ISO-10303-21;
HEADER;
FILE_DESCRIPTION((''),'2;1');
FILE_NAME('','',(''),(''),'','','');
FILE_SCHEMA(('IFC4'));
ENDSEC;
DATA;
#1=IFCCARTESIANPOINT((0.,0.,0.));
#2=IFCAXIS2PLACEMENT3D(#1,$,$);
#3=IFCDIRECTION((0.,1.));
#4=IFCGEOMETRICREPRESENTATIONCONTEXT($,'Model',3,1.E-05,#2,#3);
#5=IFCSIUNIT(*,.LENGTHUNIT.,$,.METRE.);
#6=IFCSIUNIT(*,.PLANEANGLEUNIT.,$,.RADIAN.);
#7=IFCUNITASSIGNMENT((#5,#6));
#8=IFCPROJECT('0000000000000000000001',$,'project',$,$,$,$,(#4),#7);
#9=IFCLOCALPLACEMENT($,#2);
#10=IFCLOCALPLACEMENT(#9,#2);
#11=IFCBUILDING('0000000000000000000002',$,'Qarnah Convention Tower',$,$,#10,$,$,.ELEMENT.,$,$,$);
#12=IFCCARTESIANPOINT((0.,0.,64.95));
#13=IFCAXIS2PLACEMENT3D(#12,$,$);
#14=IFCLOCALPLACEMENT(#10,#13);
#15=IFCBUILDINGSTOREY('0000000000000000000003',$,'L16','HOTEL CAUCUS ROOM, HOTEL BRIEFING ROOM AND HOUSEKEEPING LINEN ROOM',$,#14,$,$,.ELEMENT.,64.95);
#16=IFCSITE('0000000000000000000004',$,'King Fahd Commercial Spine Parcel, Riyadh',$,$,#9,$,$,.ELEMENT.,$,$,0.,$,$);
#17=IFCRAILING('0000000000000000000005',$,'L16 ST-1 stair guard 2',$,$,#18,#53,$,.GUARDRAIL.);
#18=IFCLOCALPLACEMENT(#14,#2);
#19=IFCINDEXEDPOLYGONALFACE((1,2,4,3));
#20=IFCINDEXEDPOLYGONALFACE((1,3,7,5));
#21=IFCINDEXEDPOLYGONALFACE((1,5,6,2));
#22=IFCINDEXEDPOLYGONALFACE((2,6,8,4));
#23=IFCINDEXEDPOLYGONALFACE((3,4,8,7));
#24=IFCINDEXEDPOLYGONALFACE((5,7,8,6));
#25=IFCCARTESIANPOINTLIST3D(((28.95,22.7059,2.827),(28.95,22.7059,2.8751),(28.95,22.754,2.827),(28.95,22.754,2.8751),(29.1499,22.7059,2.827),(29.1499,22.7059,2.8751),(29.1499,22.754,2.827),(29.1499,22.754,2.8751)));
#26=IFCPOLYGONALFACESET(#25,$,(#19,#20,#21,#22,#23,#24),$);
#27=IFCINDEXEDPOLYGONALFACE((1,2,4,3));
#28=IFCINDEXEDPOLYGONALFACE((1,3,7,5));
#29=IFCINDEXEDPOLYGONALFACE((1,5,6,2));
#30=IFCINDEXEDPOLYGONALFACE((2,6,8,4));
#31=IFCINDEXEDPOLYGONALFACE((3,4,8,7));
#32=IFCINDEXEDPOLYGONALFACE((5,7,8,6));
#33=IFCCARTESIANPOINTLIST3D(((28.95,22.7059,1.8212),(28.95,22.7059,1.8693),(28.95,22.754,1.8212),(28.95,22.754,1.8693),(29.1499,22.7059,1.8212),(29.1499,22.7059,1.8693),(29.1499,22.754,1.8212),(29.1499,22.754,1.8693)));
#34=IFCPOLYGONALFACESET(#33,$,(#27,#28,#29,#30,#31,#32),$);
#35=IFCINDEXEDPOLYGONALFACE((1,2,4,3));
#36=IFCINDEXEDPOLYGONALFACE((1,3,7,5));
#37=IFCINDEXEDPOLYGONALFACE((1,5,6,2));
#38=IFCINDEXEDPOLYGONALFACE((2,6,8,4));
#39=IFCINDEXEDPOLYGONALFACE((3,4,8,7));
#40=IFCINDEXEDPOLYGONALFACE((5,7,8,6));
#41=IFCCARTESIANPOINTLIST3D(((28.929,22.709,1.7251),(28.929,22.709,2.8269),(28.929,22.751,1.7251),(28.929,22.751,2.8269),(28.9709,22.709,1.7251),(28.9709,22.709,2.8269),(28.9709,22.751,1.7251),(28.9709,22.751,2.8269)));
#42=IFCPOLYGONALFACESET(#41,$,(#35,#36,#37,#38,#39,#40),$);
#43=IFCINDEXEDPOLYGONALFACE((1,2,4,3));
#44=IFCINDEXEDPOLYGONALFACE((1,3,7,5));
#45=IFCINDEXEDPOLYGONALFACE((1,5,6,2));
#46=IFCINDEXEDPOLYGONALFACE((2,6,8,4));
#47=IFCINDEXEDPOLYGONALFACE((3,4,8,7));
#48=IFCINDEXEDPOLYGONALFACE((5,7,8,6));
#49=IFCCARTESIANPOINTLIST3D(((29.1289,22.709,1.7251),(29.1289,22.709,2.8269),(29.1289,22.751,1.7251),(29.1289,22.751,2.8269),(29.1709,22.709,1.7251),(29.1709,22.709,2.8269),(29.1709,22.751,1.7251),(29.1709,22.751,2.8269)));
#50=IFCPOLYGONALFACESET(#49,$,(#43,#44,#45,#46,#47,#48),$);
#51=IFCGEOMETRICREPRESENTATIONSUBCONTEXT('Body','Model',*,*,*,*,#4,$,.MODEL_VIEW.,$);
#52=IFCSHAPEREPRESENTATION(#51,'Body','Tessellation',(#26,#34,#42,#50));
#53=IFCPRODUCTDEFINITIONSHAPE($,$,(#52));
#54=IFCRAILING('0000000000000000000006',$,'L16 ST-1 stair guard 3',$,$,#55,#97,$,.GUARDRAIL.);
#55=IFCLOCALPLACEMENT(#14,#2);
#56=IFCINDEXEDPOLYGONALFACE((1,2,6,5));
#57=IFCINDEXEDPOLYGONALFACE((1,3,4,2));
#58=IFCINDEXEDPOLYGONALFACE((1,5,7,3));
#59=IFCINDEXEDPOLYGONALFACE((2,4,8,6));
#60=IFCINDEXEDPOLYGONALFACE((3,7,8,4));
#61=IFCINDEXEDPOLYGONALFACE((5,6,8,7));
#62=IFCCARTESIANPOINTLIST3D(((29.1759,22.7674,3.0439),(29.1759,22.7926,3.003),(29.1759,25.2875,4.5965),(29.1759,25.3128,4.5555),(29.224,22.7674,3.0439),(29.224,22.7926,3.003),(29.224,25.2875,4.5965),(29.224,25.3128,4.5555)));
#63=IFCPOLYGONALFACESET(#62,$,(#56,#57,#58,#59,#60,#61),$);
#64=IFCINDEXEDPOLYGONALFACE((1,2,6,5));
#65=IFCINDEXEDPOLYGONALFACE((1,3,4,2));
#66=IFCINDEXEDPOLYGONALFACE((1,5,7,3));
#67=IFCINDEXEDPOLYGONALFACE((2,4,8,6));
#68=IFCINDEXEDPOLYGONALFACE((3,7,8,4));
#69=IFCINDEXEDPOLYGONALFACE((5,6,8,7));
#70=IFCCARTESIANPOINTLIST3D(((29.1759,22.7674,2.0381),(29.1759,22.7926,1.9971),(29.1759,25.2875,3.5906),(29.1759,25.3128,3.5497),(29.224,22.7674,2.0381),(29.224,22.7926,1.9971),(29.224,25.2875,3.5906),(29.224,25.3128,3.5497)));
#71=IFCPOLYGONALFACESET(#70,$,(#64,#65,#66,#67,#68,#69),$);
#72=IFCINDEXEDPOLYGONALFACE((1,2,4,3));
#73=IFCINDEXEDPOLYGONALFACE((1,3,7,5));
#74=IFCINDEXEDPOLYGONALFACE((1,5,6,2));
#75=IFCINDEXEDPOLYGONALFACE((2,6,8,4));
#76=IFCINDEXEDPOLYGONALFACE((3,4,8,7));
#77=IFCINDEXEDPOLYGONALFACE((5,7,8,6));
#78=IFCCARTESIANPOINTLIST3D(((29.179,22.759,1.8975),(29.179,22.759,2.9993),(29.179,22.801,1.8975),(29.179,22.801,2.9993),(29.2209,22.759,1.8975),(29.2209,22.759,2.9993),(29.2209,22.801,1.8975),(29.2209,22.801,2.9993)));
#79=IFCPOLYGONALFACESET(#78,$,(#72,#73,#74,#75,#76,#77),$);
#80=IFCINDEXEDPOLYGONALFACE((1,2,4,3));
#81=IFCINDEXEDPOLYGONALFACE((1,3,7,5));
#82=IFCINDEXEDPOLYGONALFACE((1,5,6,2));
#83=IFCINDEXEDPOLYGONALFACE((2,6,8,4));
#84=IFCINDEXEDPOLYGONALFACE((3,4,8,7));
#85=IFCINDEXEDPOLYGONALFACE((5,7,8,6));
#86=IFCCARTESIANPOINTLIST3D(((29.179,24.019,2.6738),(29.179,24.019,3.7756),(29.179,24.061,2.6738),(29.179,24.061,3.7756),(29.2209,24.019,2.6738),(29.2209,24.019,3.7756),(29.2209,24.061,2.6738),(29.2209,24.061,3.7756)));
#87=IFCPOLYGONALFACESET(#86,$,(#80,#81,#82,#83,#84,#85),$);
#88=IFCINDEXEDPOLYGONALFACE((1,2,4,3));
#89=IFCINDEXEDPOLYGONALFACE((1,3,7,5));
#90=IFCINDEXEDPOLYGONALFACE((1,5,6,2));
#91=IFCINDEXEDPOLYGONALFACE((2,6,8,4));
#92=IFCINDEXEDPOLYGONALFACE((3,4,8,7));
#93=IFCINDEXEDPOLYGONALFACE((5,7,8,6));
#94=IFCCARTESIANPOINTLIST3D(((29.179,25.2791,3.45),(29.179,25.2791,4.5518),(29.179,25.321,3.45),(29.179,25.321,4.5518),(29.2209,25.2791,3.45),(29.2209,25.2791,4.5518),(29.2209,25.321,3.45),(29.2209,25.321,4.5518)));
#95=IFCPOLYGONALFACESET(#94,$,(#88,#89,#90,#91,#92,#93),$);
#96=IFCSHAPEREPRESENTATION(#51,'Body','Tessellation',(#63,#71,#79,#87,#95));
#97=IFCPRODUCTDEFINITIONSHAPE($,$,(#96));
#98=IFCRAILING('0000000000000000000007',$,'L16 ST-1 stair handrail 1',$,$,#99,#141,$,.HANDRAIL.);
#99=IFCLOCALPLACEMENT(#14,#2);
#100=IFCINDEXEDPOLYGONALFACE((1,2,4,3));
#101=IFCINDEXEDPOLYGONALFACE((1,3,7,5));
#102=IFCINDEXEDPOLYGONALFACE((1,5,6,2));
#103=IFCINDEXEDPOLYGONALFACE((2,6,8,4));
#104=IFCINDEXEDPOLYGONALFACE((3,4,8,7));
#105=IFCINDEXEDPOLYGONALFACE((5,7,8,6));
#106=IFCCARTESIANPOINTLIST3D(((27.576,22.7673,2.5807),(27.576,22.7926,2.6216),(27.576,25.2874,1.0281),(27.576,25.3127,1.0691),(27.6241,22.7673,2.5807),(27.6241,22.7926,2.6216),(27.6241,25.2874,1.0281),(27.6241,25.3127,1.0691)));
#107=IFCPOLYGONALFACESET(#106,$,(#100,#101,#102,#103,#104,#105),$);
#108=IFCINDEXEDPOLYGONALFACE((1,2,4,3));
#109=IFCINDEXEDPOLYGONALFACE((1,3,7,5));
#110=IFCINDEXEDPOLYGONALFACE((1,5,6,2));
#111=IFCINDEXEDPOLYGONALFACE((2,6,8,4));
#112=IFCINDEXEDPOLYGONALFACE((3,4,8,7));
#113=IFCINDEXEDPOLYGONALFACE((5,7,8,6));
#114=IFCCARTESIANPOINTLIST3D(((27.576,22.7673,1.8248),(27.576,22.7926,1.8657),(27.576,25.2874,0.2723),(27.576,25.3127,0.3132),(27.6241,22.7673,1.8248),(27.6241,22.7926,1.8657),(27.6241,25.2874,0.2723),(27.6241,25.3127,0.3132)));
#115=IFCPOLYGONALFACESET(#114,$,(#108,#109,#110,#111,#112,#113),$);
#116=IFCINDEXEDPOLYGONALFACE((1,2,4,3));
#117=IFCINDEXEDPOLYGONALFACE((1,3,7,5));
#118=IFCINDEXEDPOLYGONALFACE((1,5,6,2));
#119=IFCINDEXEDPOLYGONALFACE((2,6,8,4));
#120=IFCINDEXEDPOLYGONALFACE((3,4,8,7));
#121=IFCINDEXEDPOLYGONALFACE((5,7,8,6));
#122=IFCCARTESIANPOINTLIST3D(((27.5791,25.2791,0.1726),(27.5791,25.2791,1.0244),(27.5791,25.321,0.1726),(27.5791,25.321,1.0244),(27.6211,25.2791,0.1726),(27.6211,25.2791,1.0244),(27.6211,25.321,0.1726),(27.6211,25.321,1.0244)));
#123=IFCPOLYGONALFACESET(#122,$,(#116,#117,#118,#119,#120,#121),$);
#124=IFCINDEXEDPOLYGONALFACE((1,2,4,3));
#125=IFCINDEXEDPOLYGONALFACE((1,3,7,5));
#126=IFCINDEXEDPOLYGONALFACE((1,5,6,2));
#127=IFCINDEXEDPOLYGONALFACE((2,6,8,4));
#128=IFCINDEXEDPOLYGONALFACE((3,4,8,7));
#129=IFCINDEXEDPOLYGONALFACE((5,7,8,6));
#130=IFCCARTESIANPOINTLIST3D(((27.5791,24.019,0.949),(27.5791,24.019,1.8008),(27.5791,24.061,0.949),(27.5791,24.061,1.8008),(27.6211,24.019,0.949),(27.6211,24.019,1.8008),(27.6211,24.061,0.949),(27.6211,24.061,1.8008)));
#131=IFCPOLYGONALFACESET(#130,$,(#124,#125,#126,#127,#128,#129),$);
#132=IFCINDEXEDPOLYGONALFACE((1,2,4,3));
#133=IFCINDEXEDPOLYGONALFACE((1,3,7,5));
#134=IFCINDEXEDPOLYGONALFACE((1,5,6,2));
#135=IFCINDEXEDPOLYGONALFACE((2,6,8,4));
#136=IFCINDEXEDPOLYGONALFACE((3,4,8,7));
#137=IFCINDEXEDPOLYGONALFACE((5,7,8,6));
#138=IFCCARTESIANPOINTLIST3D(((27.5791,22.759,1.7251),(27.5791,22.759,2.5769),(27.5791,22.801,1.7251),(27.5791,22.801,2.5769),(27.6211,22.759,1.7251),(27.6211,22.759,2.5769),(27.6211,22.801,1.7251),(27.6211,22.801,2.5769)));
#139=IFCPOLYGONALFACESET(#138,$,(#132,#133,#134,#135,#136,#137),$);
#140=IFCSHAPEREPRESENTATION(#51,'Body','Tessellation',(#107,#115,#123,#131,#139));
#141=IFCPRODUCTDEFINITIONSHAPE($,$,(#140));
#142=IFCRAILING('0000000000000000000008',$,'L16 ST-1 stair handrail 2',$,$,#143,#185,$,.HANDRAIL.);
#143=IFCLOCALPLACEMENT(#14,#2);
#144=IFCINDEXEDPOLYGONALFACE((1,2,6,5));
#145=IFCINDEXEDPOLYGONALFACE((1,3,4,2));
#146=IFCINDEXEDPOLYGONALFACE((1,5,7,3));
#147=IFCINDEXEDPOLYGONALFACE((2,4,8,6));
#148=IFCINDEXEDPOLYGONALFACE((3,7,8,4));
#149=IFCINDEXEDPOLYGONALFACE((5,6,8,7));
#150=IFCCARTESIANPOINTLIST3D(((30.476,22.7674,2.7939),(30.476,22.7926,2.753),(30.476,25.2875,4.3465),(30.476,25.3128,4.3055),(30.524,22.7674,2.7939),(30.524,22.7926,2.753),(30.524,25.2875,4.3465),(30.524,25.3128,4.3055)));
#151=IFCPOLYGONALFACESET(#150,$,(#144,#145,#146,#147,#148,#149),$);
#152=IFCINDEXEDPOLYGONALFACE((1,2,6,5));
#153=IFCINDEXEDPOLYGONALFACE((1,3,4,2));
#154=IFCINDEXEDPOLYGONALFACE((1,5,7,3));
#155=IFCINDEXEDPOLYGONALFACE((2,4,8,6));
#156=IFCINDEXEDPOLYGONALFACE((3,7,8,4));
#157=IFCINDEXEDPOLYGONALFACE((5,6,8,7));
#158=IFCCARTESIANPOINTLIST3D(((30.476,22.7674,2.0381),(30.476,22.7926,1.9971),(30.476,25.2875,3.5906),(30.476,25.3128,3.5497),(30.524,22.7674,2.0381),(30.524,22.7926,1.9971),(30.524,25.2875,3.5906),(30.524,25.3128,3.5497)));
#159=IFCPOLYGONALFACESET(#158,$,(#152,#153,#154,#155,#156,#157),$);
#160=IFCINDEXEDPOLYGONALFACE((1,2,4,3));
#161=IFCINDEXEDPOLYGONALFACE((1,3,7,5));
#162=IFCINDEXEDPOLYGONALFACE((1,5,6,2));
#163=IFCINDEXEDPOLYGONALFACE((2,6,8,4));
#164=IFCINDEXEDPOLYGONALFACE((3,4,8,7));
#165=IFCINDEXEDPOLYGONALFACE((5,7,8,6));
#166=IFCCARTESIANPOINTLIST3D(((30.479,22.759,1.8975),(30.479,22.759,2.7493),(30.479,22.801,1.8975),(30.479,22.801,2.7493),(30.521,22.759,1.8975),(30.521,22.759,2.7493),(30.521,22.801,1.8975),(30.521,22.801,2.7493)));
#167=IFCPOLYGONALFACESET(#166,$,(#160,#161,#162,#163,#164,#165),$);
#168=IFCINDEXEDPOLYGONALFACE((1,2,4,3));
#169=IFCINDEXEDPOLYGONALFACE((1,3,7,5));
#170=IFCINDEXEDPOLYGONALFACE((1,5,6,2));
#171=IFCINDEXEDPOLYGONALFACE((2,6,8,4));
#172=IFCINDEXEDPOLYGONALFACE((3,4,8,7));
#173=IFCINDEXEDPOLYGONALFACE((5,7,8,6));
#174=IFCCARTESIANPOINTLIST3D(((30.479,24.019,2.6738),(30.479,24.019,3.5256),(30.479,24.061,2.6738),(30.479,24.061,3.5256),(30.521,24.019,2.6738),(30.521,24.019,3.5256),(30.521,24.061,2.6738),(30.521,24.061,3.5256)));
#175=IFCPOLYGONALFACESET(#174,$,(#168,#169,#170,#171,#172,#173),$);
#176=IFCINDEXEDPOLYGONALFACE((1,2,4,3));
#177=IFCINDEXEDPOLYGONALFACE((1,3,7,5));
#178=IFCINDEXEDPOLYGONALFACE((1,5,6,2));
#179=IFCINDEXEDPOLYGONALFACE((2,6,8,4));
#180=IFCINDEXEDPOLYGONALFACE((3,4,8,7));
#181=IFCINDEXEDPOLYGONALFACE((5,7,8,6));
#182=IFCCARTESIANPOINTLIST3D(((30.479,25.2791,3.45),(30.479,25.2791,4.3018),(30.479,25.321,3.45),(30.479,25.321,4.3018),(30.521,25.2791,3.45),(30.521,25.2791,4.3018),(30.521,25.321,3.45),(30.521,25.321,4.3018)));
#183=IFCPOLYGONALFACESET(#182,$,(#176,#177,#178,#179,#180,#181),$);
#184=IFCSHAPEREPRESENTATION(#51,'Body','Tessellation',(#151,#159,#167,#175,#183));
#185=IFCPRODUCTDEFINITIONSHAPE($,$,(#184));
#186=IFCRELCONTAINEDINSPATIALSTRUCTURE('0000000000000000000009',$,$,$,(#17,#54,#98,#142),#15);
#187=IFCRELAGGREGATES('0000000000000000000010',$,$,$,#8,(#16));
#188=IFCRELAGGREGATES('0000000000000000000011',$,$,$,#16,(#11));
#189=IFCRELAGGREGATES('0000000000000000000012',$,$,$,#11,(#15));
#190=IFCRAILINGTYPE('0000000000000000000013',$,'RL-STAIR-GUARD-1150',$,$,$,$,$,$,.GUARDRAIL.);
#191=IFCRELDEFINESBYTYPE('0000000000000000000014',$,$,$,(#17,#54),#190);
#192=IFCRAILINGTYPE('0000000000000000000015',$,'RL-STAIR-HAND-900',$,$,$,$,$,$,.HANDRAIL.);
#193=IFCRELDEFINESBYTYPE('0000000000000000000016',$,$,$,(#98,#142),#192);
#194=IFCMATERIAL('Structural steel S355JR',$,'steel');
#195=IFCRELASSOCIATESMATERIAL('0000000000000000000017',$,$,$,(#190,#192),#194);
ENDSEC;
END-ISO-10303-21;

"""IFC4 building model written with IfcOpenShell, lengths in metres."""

from ifc_helpers import new_model, si_unit, direction, frame, origin, origin_2d, place, context, subcontext, project, spatial, rectangle, extrude, material, type_object, element, save


model = new_model("IFC4")

# Units and contexts
model_context = context("Model", 3, precision=1e-05, world=origin(), true_north=direction((0.0, 1.0)))
body_context = subcontext(model_context, "Body", "Model", "MODEL_VIEW")
ifc_project = project(units=[si_unit("LENGTHUNIT", "METRE"), si_unit("PLANEANGLEUNIT", "RADIAN")], contexts=[model_context])

# Site, building, storey
site_placement = place(None, origin())
site = spatial("IfcSite", under=ifc_project, at=site_placement, Name="King Fahd Commercial Spine Parcel, Riyadh", CompositionType="ELEMENT", RefElevation=0.0)
building_placement = place(site_placement, origin())
building = spatial("IfcBuilding", under=site, at=building_placement, Name="Qarnah Convention Tower", CompositionType="ELEMENT")
storey_placement = place(building_placement, frame((0.0, 0.0, 64.95)))
storey = spatial("IfcBuildingStorey", under=building, at=storey_placement, Name="L16", Description="HOTEL CAUCUS ROOM, HOTEL BRIEFING ROOM AND HOUSEKEEPING LINEN ROOM", CompositionType="ELEMENT", Elevation=64.95)

# Shared definitions
ifc_material_1 = material(Name="Structural steel S355JR", Category="steel")

# Railings
railing_type_1 = type_object("IfcRailingType", Name="RL-STAIR-GUARD-1150", PredefinedType="GUARDRAIL", material=ifc_material_1)
railing_1_placement = place(storey_placement, frame((28.95, 22.73, 1.7251)))
element("IfcRailing", 1, at=railing_1_placement, inside=storey, type_object=railing_type_1, Name="L16 ST-1 stair guard 2", PredefinedType="GUARDRAIL", context=body_context, shape_type="SweptSolid", body=[
    extrude(rectangle(XDim=0.0481, YDim=0.0481, at=origin_2d()), frame((0.0, 0.0, 1.126), z_axis=(1.0, 0.0, 0.0), x_axis=(0.0, 1.0, 0.0)), (0.0, 0.0, 1.0), 0.2),
    extrude(rectangle(XDim=0.0481, YDim=0.0481, at=origin_2d()), frame((0.0, 0.0, 0.1201), z_axis=(1.0, 0.0, 0.0), x_axis=(0.0, 1.0, 0.0)), (0.0, 0.0, 1.0), 0.2),
    extrude(rectangle(XDim=0.042, YDim=0.042, at=origin_2d()), origin(), (0.0, 0.0, 1.0), 1.1018),
    extrude(rectangle(XDim=0.042, YDim=0.042, at=origin_2d()), frame((0.2, 0.0, 0.0)), (0.0, 0.0, 1.0), 1.1018),
])
railing_2_placement = place(storey_placement, frame((29.2, 22.78, 1.8975)))
element("IfcRailing", 2, at=railing_2_placement, inside=storey, type_object=railing_type_1, Name="L16 ST-1 stair guard 3", PredefinedType="GUARDRAIL", context=body_context, shape_type="SweptSolid", body=[
    extrude(rectangle(XDim=0.0481, YDim=0.0481, at=origin_2d()), frame((0.0, 0.0, 1.126), z_axis=(0.0, 0.8514, 0.524516), x_axis=(-1.0, 0.0, 0.0)), (0.0, 0.0, 1.0), 2.96),
    extrude(rectangle(XDim=0.0481, YDim=0.0481, at=origin_2d()), frame((0.0, 0.0, 0.1201), z_axis=(0.0, 0.8514, 0.524516), x_axis=(-1.0, 0.0, 0.0)), (0.0, 0.0, 1.0), 2.96),
    extrude(rectangle(XDim=0.042, YDim=0.042, at=origin_2d()), origin(), (0.0, 0.0, 1.0), 1.1018),
    extrude(rectangle(XDim=0.042, YDim=0.042, at=origin_2d()), frame((0.0, 1.26, 0.7764)), (0.0, 0.0, 1.0), 1.1018),
    extrude(rectangle(XDim=0.042, YDim=0.042, at=origin_2d()), frame((0.0, 2.52, 1.5525)), (0.0, 0.0, 1.0), 1.1018),
])
railing_type_2 = type_object("IfcRailingType", Name="RL-STAIR-HAND-900", PredefinedType="HANDRAIL", material=ifc_material_1)
railing_3_placement = place(storey_placement, frame((27.6001, 25.3, 0.1726)))
element("IfcRailing", 3, at=railing_3_placement, inside=storey, type_object=railing_type_2, Name="L16 ST-1 stair handrail 1", PredefinedType="HANDRAIL", context=body_context, shape_type="SweptSolid", body=[
    extrude(rectangle(XDim=0.0481, YDim=0.0481, at=origin_2d()), frame((0.0, 0.0, 0.876), z_axis=(0.0, -0.8514, 0.524516), x_axis=(1.0, 0.0, 0.0)), (0.0, 0.0, 1.0), 2.96),
    extrude(rectangle(XDim=0.0481, YDim=0.0481, at=origin_2d()), frame((0.0, 0.0, 0.1201), z_axis=(0.0, -0.8514, 0.524516), x_axis=(1.0, 0.0, 0.0)), (0.0, 0.0, 1.0), 2.96),
    extrude(rectangle(XDim=0.042, YDim=0.042, at=origin_2d()), origin(), (0.0, 0.0, 1.0), 0.8518),
    extrude(rectangle(XDim=0.042, YDim=0.042, at=origin_2d()), frame((0.0, -1.26, 0.7764)), (0.0, 0.0, 1.0), 0.8518),
    extrude(rectangle(XDim=0.042, YDim=0.042, at=origin_2d()), frame((0.0, -2.52, 1.5525)), (0.0, 0.0, 1.0), 0.8518),
])
railing_4_placement = place(storey_placement, frame((30.5, 22.78, 1.8975)))
element("IfcRailing", 4, at=railing_4_placement, inside=storey, type_object=railing_type_2, Name="L16 ST-1 stair handrail 2", PredefinedType="HANDRAIL", context=body_context, shape_type="SweptSolid", body=[
    extrude(rectangle(XDim=0.0481, YDim=0.0481, at=origin_2d()), frame((0.0, 0.0, 0.876), z_axis=(0.0, 0.8514, 0.524516), x_axis=(-1.0, 0.0, 0.0)), (0.0, 0.0, 1.0), 2.96),
    extrude(rectangle(XDim=0.0481, YDim=0.0481, at=origin_2d()), frame((0.0, 0.0, 0.1201), z_axis=(0.0, 0.8514, 0.524516), x_axis=(-1.0, 0.0, 0.0)), (0.0, 0.0, 1.0), 2.96),
    extrude(rectangle(XDim=0.042, YDim=0.042, at=origin_2d()), origin(), (0.0, 0.0, 1.0), 0.8518),
    extrude(rectangle(XDim=0.042, YDim=0.042, at=origin_2d()), frame((0.0, 1.26, 0.7764)), (0.0, 0.0, 1.0), 0.8518),
    extrude(rectangle(XDim=0.042, YDim=0.042, at=origin_2d()), frame((0.0, 2.52, 1.5525)), (0.0, 0.0, 1.0), 0.8518),
])

save(model, "model.ifc")
